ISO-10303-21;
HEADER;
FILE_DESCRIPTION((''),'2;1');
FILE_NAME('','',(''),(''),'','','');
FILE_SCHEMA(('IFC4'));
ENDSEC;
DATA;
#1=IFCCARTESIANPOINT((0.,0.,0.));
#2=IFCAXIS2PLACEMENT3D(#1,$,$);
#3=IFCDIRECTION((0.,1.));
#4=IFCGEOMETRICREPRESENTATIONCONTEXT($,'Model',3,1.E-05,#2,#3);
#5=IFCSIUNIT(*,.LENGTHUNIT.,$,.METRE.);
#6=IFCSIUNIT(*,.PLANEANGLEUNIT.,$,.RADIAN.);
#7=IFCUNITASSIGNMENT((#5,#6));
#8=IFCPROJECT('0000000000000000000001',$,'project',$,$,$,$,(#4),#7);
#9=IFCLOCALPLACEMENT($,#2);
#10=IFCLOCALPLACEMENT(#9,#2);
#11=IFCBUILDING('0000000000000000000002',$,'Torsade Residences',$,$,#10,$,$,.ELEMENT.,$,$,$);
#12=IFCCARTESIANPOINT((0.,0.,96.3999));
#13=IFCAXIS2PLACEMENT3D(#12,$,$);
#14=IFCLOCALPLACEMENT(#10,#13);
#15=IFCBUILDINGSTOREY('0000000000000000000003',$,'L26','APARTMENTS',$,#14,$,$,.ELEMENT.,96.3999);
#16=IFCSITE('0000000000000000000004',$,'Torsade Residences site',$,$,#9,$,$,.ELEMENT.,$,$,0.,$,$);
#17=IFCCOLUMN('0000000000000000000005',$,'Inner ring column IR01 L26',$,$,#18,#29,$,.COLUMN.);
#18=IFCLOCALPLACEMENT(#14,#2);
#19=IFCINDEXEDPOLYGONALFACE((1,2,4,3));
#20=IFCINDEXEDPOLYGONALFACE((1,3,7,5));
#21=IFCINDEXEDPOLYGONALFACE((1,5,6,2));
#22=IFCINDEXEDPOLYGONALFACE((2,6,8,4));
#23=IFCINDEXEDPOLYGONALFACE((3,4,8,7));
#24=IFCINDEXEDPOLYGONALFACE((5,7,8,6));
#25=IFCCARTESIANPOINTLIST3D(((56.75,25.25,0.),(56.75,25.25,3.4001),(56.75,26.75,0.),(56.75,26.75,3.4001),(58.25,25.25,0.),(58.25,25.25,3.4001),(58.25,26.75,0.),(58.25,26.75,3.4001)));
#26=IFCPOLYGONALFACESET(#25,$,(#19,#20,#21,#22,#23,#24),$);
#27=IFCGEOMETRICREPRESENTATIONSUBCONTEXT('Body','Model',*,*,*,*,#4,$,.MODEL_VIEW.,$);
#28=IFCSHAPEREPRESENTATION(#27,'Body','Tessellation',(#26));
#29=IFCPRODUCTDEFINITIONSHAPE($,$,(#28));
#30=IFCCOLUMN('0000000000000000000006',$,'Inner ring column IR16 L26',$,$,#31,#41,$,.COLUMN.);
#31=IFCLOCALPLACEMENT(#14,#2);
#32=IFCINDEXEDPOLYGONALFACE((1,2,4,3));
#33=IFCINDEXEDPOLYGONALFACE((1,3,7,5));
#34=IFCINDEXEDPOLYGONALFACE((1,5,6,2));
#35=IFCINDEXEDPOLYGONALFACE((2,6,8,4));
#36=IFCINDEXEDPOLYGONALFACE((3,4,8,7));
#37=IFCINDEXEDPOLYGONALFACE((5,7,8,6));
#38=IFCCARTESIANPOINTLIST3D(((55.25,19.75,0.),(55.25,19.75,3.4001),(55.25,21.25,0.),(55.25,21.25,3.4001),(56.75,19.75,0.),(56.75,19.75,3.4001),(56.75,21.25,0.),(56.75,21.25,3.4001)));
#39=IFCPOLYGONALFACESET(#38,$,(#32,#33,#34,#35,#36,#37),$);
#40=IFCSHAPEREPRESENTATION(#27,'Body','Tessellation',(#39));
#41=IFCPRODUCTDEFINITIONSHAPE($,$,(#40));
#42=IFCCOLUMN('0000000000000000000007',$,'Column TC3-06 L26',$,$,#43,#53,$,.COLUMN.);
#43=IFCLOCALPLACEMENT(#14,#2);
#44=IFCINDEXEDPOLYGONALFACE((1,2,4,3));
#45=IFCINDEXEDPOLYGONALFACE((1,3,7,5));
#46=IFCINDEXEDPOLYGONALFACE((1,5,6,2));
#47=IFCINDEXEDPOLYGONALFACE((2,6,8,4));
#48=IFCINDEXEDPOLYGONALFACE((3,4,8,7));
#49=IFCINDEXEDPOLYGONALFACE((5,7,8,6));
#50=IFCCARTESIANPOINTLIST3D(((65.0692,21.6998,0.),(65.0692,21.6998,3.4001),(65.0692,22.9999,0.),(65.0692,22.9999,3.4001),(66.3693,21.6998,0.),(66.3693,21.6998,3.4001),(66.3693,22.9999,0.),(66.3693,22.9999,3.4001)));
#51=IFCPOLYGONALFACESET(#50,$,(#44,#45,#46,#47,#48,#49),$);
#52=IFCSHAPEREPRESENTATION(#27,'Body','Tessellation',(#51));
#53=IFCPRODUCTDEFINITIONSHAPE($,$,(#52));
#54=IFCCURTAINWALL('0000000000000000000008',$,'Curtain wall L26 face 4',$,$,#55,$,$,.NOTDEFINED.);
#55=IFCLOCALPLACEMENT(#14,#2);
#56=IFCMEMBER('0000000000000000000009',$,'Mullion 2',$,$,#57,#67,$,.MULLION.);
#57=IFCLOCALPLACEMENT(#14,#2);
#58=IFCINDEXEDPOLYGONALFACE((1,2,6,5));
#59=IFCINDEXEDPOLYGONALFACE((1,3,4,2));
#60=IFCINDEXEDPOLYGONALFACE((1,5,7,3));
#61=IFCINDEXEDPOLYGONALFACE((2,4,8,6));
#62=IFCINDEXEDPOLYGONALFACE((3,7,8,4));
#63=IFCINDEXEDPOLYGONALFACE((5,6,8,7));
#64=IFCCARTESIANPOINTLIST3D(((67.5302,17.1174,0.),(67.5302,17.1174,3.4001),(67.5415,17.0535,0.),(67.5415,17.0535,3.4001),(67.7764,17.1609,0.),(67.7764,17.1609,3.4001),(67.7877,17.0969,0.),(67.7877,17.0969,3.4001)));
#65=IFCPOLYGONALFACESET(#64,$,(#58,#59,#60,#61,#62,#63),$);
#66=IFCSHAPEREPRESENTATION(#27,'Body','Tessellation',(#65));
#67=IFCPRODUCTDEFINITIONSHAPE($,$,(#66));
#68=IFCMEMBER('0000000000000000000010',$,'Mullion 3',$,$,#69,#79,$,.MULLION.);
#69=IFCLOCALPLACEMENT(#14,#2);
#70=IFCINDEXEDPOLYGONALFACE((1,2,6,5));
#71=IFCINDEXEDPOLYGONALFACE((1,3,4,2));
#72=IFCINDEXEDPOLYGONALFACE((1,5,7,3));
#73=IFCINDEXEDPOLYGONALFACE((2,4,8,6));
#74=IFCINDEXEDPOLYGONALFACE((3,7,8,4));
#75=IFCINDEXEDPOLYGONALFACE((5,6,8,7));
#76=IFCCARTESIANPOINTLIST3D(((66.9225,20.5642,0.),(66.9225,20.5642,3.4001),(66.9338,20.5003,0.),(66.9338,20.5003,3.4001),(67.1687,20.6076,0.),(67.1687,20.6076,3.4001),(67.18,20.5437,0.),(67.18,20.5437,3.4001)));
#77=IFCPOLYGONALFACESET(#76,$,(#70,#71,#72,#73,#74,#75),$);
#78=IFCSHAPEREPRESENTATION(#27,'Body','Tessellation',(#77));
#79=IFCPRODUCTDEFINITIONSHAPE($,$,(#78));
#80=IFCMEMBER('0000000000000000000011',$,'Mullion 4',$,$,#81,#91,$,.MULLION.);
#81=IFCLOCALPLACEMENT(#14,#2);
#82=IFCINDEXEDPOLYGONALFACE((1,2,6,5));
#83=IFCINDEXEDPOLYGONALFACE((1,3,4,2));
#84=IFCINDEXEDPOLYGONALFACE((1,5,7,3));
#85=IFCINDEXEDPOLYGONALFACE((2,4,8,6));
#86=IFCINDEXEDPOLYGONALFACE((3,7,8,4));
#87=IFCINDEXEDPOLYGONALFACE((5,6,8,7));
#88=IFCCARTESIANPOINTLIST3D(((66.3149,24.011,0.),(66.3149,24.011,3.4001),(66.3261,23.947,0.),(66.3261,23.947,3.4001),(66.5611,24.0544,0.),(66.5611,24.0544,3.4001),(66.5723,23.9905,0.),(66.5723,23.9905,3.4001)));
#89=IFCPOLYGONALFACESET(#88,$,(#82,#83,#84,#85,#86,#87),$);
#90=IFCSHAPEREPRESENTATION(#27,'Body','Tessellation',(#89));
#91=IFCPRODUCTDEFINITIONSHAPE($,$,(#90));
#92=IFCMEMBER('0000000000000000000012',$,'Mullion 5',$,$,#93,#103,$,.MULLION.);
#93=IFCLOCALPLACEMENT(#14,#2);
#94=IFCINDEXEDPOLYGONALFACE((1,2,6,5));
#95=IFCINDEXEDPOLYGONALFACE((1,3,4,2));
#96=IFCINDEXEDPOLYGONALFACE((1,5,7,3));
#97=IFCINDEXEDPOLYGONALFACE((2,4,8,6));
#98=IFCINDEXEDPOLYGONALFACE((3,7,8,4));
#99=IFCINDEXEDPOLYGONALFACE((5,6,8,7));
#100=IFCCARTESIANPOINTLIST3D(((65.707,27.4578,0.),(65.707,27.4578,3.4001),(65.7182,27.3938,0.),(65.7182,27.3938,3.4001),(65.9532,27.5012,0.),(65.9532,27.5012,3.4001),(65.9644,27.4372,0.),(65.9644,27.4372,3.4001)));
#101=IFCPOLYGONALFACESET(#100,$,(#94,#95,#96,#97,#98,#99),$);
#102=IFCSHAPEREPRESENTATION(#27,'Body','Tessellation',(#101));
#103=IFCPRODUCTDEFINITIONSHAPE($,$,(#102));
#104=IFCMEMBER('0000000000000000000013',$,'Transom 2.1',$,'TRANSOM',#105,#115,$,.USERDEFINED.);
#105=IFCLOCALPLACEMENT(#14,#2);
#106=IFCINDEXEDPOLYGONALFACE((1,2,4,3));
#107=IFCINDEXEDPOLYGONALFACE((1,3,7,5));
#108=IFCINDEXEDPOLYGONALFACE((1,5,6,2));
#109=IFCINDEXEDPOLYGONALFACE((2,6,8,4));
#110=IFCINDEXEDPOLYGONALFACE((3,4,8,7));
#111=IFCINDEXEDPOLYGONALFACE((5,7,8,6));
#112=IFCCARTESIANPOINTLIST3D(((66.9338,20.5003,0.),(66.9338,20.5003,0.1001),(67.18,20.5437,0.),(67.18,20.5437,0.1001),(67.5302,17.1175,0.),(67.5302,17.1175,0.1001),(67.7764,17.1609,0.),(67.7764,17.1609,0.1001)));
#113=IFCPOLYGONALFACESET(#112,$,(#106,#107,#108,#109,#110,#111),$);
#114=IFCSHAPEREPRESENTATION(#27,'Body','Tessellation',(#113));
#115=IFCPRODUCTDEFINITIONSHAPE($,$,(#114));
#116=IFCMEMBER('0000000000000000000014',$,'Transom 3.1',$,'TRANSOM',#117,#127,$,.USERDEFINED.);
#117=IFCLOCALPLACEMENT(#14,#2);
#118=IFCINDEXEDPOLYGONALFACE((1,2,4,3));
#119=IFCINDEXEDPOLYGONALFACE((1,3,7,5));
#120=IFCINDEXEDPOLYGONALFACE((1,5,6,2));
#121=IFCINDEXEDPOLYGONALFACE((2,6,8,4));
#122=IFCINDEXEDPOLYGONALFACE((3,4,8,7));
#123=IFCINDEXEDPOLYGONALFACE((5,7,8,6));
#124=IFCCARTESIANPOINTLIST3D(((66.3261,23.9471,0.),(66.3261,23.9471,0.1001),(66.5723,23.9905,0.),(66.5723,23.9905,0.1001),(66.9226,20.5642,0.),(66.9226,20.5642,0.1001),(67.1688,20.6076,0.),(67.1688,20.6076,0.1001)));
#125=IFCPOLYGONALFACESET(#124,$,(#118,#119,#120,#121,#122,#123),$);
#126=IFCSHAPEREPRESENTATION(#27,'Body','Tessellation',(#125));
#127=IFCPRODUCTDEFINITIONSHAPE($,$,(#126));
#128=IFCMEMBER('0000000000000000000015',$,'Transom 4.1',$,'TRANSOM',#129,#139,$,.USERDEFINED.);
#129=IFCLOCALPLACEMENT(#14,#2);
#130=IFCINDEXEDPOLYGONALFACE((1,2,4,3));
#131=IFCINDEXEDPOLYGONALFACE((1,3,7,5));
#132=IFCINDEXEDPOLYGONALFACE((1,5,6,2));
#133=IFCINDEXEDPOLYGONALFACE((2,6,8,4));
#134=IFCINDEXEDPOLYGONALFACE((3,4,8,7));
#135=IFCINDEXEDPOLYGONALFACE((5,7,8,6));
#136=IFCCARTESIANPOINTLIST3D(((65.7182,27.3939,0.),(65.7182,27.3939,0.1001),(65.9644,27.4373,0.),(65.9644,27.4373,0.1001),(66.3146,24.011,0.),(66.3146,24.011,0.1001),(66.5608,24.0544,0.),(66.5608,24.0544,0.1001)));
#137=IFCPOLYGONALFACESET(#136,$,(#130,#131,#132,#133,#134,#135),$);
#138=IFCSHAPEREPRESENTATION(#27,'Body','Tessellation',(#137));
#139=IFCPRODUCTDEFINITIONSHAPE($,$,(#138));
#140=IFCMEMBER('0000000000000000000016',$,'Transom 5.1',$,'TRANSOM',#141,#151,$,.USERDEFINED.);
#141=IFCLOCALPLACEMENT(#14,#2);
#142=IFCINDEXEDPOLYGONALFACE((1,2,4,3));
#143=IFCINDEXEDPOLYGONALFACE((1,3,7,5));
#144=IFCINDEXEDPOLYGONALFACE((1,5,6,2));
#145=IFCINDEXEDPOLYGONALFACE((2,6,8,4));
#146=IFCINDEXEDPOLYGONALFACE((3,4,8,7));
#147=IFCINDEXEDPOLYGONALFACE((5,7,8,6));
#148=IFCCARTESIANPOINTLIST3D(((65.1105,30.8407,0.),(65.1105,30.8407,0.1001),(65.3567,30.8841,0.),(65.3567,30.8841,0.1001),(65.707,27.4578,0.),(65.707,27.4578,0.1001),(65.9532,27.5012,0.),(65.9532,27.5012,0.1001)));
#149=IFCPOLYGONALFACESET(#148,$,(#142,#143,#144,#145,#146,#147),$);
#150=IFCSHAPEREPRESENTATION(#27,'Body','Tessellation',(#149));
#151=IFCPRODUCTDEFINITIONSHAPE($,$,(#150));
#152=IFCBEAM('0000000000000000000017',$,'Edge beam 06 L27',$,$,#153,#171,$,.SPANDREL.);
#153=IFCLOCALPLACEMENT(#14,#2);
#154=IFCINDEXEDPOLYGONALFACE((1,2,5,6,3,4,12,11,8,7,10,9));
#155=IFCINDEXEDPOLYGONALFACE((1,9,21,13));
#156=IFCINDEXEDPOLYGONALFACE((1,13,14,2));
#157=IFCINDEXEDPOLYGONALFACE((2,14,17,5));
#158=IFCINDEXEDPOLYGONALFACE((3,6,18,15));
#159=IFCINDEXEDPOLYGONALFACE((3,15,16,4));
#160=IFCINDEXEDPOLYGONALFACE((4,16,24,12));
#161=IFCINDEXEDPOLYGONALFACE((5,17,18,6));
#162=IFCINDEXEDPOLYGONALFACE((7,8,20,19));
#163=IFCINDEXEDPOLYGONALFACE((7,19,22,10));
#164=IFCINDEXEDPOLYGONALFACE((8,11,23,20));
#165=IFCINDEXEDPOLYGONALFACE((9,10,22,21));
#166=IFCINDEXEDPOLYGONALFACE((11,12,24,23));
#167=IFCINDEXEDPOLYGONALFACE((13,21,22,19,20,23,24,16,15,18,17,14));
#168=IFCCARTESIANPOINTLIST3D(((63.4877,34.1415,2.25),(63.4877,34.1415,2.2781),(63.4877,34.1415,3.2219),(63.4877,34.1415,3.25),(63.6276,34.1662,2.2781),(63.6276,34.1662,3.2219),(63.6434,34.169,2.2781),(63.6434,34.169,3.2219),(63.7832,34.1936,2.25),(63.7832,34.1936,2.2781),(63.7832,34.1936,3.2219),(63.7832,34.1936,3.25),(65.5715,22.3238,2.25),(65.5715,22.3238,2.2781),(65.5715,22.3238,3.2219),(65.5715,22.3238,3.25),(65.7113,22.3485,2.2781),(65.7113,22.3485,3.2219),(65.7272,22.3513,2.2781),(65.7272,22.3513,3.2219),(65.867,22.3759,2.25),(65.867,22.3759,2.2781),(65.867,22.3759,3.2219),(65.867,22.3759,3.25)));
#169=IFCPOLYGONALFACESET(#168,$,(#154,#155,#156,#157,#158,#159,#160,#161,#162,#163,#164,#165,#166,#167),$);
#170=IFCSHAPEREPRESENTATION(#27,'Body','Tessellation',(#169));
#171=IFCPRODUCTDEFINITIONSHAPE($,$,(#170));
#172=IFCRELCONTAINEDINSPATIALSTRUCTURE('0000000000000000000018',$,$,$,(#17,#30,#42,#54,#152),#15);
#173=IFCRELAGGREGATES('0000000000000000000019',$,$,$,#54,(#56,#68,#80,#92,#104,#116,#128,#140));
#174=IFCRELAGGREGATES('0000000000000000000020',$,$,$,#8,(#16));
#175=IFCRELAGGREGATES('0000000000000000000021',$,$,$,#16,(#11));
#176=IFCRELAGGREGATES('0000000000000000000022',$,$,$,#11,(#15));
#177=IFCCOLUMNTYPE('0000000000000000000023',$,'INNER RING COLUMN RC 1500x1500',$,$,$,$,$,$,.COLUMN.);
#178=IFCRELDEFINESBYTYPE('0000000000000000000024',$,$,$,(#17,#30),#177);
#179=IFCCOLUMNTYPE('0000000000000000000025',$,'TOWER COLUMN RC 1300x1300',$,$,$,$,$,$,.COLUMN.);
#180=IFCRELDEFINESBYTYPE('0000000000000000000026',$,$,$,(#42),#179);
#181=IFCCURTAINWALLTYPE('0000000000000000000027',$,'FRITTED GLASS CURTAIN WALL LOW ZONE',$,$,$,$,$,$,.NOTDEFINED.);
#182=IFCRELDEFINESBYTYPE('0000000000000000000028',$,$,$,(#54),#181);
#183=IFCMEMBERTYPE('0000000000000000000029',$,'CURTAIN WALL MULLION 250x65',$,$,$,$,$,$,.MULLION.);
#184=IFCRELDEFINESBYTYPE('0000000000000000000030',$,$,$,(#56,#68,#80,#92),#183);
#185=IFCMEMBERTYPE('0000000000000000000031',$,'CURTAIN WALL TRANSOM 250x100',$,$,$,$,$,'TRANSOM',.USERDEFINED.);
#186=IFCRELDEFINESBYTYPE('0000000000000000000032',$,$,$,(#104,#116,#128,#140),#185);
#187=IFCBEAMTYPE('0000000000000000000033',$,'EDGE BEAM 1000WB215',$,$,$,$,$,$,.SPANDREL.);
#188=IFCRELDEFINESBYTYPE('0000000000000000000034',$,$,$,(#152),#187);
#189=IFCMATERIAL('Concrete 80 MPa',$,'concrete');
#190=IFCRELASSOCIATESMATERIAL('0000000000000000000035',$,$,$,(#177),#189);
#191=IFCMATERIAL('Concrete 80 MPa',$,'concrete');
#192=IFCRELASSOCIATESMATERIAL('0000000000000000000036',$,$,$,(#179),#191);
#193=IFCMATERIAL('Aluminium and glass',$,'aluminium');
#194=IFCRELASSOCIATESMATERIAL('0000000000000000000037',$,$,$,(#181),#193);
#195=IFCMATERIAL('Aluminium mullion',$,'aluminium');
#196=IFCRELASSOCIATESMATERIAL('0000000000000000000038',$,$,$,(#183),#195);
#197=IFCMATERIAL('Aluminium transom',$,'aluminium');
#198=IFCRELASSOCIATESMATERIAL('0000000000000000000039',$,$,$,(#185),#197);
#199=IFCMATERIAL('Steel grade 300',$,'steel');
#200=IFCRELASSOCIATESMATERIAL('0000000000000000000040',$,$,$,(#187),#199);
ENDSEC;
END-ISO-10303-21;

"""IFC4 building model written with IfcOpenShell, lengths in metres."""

from ifc_helpers import new_model, si_unit, direction, frame, origin, origin_2d, place, context, subcontext, project, spatial, rectangle, i_section, extrude, material, material_profile, profile_set, type_object, element, aggregate, save


model = new_model("IFC4")

# Units and contexts
model_context = context("Model", 3, precision=1e-05, world=origin(), true_north=direction((0.0, 1.0)))
body_context = subcontext(model_context, "Body", "Model", "MODEL_VIEW")
ifc_project = project(units=[si_unit("LENGTHUNIT", "METRE"), si_unit("PLANEANGLEUNIT", "RADIAN")], contexts=[model_context])

# Site, building, storey
site_placement = place(None, origin())
site = spatial("IfcSite", under=ifc_project, at=site_placement, Name="Torsade Residences site", CompositionType="ELEMENT", RefElevation=0.0)
building_placement = place(site_placement, origin())
building = spatial("IfcBuilding", under=site, at=building_placement, Name="Torsade Residences", CompositionType="ELEMENT")
storey_placement = place(building_placement, frame((0.0, 0.0, 96.3999)))
storey = spatial("IfcBuildingStorey", under=building, at=storey_placement, Name="L26", Description="APARTMENTS", CompositionType="ELEMENT", Elevation=96.3999)

# Columns
ifc_material_1 = material(Name="Concrete 80 MPa", Category="concrete")
ifc_material_profile_1 = material_profile(ifc_material_1, rectangle(XDim=1.5, YDim=1.5, at=origin_2d()), Name="RC 1500x1500")
ifc_profile_set_1 = profile_set([ifc_material_profile_1], Name="Concrete 80 MPa")
column_type_1 = type_object("IfcColumnType", Name="INNER RING COLUMN RC 1500x1500", PredefinedType="COLUMN", material=ifc_profile_set_1)
for number, where, z_axis, x_axis, name in (
    (1, (57.5, 26.0, 0.0), (0.0, 0.0, 1.0), (1.0, 0.0, 0.0), "Inner ring column IR01 L26"),
    (2, (56.0, 20.5, 0.0), (0.0, 0.0, 1.0), (1.0, 0.0, 0.0), "Inner ring column IR16 L26"),
):
    element("IfcColumn", number, at=place(storey_placement, frame(where, z_axis=z_axis, x_axis=x_axis)), inside=storey, type_object=column_type_1, Name=name, PredefinedType="COLUMN", context=body_context, shape_type="SweptSolid", body=[
        extrude(rectangle(XDim=1.5, YDim=1.5, at=origin_2d()), origin(), (0.0, 0.0, 1.0), 3.4001),
    ])
ifc_material_2 = material(Name="Concrete 80 MPa", Category="concrete")
ifc_material_profile_2 = material_profile(ifc_material_2, rectangle(XDim=1.3, YDim=1.3, at=origin_2d()), Name="RC 1300x1300")
ifc_profile_set_2 = profile_set([ifc_material_profile_2], Name="Concrete 80 MPa")
column_type_2 = type_object("IfcColumnType", Name="TOWER COLUMN RC 1300x1300", PredefinedType="COLUMN", material=ifc_profile_set_2)
column_placement = place(storey_placement, frame((65.7192, 22.3499, 0.0), z_axis=(0.0, 0.0, 1.0), x_axis=(1.0, 0.0, 0.0)))
element("IfcColumn", 3, at=column_placement, inside=storey, type_object=column_type_2, Name="Column TC3-06 L26", PredefinedType="COLUMN", context=body_context, shape_type="SweptSolid", body=[
    extrude(rectangle(XDim=1.3, YDim=1.3, at=origin_2d()), origin(), (0.0, 0.0, 1.0), 3.4001),
])

# Curtain wall, members
ifc_material_3 = material(Name="Aluminium and glass", Category="aluminium")
curtain_wall_type = type_object("IfcCurtainWallType", Name="FRITTED GLASS CURTAIN WALL LOW ZONE", PredefinedType="NOTDEFINED", material=ifc_material_3)
curtain_wall_placement = place(storey_placement, origin())
curtain_wall = element("IfcCurtainWall", 4, at=curtain_wall_placement, inside=storey, type_object=curtain_wall_type, Name="Curtain wall L26 face 4", PredefinedType="NOTDEFINED")
ifc_material_4 = material(Name="Aluminium mullion", Category="aluminium")
ifc_material_profile_3 = material_profile(ifc_material_4, rectangle(XDim=0.25, YDim=0.0649, at=origin_2d()), Name="CURTAIN WALL MULLION 250x65")
ifc_profile_set_3 = profile_set([ifc_material_profile_3], Name="Aluminium mullion")
member_type_1 = type_object("IfcMemberType", Name="CURTAIN WALL MULLION 250x65", PredefinedType="MULLION", material=ifc_profile_set_3)
member_1_placement = place(storey_placement, frame((67.6589, 17.1072, 0.0), z_axis=(0.0, 0.0, 1.0), x_axis=(-0.984808, -0.173648, 0.0)))
member_1 = element("IfcMember", 5, at=member_1_placement, type_object=member_type_1, Name="Mullion 2", PredefinedType="MULLION", context=body_context, shape_type="SweptSolid", body=[
    extrude(rectangle(XDim=0.25, YDim=0.0649, at=origin_2d()), origin(), (0.0, 0.0, 1.0), 3.4001),
])
member_2_placement = place(storey_placement, frame((67.0513, 20.554, 0.0), z_axis=(0.0, 0.0, 1.0), x_axis=(-0.984808, -0.173648, 0.0)))
member_2 = element("IfcMember", 6, at=member_2_placement, type_object=member_type_1, Name="Mullion 3", PredefinedType="MULLION", context=body_context, shape_type="SweptSolid", body=[
    extrude(rectangle(XDim=0.25, YDim=0.0649, at=origin_2d()), origin(), (0.0, 0.0, 1.0), 3.4001),
])
member_3_placement = place(storey_placement, frame((66.4436, 24.0007, 0.0), z_axis=(0.0, 0.0, 1.0), x_axis=(-0.984808, -0.173648, 0.0)))
member_3 = element("IfcMember", 7, at=member_3_placement, type_object=member_type_1, Name="Mullion 4", PredefinedType="MULLION", context=body_context, shape_type="SweptSolid", body=[
    extrude(rectangle(XDim=0.25, YDim=0.0649, at=origin_2d()), origin(), (0.0, 0.0, 1.0), 3.4001),
])
member_4_placement = place(storey_placement, frame((65.8357, 27.4475, 0.0), z_axis=(0.0, 0.0, 1.0), x_axis=(-0.984808, -0.173648, 0.0)))
member_4 = element("IfcMember", 8, at=member_4_placement, type_object=member_type_1, Name="Mullion 5", PredefinedType="MULLION", context=body_context, shape_type="SweptSolid", body=[
    extrude(rectangle(XDim=0.25, YDim=0.0649, at=origin_2d()), origin(), (0.0, 0.0, 1.0), 3.4001),
])
ifc_material_5 = material(Name="Aluminium transom", Category="aluminium")
ifc_material_profile_4 = material_profile(ifc_material_5, rectangle(XDim=0.25, YDim=0.1001, at=origin_2d()), Name="CURTAIN WALL TRANSOM 250x100")
ifc_profile_set_4 = profile_set([ifc_material_profile_4], Name="Aluminium transom")
member_type_2 = type_object("IfcMemberType", Name="CURTAIN WALL TRANSOM 250x100", ElementType="TRANSOM", PredefinedType="USERDEFINED", material=ifc_profile_set_4)
member_5_placement = place(storey_placement, frame((67.6533, 17.1392, 0.05), z_axis=(-0.173635, 0.98481, 0.0), x_axis=(-0.98481, -0.173635, 0.0)))
member_5 = element("IfcMember", 9, at=member_5_placement, type_object=member_type_2, Name="Transom 2.1", ObjectType="TRANSOM", PredefinedType="USERDEFINED", context=body_context, shape_type="SweptSolid", body=[
    extrude(rectangle(XDim=0.25, YDim=0.1001, at=origin_2d()), origin(), (0.0, 0.0, 1.0), 3.4351),
])
member_6_placement = place(storey_placement, frame((67.0457, 20.5859, 0.05), z_axis=(-0.173635, 0.98481, 0.0), x_axis=(-0.98481, -0.173635, 0.0)))
member_6 = element("IfcMember", 10, at=member_6_placement, type_object=member_type_2, Name="Transom 3.1", ObjectType="TRANSOM", PredefinedType="USERDEFINED", context=body_context, shape_type="SweptSolid", body=[
    extrude(rectangle(XDim=0.25, YDim=0.1001, at=origin_2d()), origin(), (0.0, 0.0, 1.0), 3.4351),
])
member_7_placement = place(storey_placement, frame((66.4377, 24.0327, 0.05), z_axis=(-0.173635, 0.98481, 0.0), x_axis=(-0.98481, -0.173635, 0.0)))
member_7 = element("IfcMember", 11, at=member_7_placement, type_object=member_type_2, Name="Transom 4.1", ObjectType="TRANSOM", PredefinedType="USERDEFINED", context=body_context, shape_type="SweptSolid", body=[
    extrude(rectangle(XDim=0.25, YDim=0.1001, at=origin_2d()), origin(), (0.0, 0.0, 1.0), 3.4351),
])
member_8_placement = place(storey_placement, frame((65.8301, 27.4795, 0.05), z_axis=(-0.173635, 0.98481, 0.0), x_axis=(-0.98481, -0.173635, 0.0)))
member_8 = element("IfcMember", 12, at=member_8_placement, type_object=member_type_2, Name="Transom 5.1", ObjectType="TRANSOM", PredefinedType="USERDEFINED", context=body_context, shape_type="SweptSolid", body=[
    extrude(rectangle(XDim=0.25, YDim=0.1001, at=origin_2d()), origin(), (0.0, 0.0, 1.0), 3.4351),
])

# Beam
ifc_material_6 = material(Name="Steel grade 300", Category="steel")
ifc_material_profile_5 = material_profile(ifc_material_6, i_section(OverallWidth=0.3, OverallDepth=1.0, WebThickness=0.0161, FlangeThickness=0.0281, at=origin_2d()), Name="1000WB215")
ifc_profile_set_5 = profile_set([ifc_material_profile_5], Name="Steel grade 300")
beam_type_1 = type_object("IfcBeamType", Name="EDGE BEAM 1000WB215", PredefinedType="SPANDREL", material=ifc_profile_set_5)
beam_1_placement = place(storey_placement, frame((65.7192, 22.3499, 2.75), z_axis=(-0.173646, 0.984808, 0.0), x_axis=(-0.984808, -0.173646, 0.0)))
element("IfcBeam", 13, at=beam_1_placement, inside=storey, type_object=beam_type_1, Name="Edge beam 06 L27", PredefinedType="SPANDREL", context=body_context, shape_type="SweptSolid", body=[
    extrude(i_section(OverallWidth=0.3, OverallDepth=1.0, WebThickness=0.0161, FlangeThickness=0.0281, at=origin_2d()), origin(), (0.0, 0.0, 1.0), 12.0),
])

aggregate(curtain_wall, [member_1, member_2, member_3, member_4, member_5, member_6, member_7, member_8])

save(model, "model.ifc")
